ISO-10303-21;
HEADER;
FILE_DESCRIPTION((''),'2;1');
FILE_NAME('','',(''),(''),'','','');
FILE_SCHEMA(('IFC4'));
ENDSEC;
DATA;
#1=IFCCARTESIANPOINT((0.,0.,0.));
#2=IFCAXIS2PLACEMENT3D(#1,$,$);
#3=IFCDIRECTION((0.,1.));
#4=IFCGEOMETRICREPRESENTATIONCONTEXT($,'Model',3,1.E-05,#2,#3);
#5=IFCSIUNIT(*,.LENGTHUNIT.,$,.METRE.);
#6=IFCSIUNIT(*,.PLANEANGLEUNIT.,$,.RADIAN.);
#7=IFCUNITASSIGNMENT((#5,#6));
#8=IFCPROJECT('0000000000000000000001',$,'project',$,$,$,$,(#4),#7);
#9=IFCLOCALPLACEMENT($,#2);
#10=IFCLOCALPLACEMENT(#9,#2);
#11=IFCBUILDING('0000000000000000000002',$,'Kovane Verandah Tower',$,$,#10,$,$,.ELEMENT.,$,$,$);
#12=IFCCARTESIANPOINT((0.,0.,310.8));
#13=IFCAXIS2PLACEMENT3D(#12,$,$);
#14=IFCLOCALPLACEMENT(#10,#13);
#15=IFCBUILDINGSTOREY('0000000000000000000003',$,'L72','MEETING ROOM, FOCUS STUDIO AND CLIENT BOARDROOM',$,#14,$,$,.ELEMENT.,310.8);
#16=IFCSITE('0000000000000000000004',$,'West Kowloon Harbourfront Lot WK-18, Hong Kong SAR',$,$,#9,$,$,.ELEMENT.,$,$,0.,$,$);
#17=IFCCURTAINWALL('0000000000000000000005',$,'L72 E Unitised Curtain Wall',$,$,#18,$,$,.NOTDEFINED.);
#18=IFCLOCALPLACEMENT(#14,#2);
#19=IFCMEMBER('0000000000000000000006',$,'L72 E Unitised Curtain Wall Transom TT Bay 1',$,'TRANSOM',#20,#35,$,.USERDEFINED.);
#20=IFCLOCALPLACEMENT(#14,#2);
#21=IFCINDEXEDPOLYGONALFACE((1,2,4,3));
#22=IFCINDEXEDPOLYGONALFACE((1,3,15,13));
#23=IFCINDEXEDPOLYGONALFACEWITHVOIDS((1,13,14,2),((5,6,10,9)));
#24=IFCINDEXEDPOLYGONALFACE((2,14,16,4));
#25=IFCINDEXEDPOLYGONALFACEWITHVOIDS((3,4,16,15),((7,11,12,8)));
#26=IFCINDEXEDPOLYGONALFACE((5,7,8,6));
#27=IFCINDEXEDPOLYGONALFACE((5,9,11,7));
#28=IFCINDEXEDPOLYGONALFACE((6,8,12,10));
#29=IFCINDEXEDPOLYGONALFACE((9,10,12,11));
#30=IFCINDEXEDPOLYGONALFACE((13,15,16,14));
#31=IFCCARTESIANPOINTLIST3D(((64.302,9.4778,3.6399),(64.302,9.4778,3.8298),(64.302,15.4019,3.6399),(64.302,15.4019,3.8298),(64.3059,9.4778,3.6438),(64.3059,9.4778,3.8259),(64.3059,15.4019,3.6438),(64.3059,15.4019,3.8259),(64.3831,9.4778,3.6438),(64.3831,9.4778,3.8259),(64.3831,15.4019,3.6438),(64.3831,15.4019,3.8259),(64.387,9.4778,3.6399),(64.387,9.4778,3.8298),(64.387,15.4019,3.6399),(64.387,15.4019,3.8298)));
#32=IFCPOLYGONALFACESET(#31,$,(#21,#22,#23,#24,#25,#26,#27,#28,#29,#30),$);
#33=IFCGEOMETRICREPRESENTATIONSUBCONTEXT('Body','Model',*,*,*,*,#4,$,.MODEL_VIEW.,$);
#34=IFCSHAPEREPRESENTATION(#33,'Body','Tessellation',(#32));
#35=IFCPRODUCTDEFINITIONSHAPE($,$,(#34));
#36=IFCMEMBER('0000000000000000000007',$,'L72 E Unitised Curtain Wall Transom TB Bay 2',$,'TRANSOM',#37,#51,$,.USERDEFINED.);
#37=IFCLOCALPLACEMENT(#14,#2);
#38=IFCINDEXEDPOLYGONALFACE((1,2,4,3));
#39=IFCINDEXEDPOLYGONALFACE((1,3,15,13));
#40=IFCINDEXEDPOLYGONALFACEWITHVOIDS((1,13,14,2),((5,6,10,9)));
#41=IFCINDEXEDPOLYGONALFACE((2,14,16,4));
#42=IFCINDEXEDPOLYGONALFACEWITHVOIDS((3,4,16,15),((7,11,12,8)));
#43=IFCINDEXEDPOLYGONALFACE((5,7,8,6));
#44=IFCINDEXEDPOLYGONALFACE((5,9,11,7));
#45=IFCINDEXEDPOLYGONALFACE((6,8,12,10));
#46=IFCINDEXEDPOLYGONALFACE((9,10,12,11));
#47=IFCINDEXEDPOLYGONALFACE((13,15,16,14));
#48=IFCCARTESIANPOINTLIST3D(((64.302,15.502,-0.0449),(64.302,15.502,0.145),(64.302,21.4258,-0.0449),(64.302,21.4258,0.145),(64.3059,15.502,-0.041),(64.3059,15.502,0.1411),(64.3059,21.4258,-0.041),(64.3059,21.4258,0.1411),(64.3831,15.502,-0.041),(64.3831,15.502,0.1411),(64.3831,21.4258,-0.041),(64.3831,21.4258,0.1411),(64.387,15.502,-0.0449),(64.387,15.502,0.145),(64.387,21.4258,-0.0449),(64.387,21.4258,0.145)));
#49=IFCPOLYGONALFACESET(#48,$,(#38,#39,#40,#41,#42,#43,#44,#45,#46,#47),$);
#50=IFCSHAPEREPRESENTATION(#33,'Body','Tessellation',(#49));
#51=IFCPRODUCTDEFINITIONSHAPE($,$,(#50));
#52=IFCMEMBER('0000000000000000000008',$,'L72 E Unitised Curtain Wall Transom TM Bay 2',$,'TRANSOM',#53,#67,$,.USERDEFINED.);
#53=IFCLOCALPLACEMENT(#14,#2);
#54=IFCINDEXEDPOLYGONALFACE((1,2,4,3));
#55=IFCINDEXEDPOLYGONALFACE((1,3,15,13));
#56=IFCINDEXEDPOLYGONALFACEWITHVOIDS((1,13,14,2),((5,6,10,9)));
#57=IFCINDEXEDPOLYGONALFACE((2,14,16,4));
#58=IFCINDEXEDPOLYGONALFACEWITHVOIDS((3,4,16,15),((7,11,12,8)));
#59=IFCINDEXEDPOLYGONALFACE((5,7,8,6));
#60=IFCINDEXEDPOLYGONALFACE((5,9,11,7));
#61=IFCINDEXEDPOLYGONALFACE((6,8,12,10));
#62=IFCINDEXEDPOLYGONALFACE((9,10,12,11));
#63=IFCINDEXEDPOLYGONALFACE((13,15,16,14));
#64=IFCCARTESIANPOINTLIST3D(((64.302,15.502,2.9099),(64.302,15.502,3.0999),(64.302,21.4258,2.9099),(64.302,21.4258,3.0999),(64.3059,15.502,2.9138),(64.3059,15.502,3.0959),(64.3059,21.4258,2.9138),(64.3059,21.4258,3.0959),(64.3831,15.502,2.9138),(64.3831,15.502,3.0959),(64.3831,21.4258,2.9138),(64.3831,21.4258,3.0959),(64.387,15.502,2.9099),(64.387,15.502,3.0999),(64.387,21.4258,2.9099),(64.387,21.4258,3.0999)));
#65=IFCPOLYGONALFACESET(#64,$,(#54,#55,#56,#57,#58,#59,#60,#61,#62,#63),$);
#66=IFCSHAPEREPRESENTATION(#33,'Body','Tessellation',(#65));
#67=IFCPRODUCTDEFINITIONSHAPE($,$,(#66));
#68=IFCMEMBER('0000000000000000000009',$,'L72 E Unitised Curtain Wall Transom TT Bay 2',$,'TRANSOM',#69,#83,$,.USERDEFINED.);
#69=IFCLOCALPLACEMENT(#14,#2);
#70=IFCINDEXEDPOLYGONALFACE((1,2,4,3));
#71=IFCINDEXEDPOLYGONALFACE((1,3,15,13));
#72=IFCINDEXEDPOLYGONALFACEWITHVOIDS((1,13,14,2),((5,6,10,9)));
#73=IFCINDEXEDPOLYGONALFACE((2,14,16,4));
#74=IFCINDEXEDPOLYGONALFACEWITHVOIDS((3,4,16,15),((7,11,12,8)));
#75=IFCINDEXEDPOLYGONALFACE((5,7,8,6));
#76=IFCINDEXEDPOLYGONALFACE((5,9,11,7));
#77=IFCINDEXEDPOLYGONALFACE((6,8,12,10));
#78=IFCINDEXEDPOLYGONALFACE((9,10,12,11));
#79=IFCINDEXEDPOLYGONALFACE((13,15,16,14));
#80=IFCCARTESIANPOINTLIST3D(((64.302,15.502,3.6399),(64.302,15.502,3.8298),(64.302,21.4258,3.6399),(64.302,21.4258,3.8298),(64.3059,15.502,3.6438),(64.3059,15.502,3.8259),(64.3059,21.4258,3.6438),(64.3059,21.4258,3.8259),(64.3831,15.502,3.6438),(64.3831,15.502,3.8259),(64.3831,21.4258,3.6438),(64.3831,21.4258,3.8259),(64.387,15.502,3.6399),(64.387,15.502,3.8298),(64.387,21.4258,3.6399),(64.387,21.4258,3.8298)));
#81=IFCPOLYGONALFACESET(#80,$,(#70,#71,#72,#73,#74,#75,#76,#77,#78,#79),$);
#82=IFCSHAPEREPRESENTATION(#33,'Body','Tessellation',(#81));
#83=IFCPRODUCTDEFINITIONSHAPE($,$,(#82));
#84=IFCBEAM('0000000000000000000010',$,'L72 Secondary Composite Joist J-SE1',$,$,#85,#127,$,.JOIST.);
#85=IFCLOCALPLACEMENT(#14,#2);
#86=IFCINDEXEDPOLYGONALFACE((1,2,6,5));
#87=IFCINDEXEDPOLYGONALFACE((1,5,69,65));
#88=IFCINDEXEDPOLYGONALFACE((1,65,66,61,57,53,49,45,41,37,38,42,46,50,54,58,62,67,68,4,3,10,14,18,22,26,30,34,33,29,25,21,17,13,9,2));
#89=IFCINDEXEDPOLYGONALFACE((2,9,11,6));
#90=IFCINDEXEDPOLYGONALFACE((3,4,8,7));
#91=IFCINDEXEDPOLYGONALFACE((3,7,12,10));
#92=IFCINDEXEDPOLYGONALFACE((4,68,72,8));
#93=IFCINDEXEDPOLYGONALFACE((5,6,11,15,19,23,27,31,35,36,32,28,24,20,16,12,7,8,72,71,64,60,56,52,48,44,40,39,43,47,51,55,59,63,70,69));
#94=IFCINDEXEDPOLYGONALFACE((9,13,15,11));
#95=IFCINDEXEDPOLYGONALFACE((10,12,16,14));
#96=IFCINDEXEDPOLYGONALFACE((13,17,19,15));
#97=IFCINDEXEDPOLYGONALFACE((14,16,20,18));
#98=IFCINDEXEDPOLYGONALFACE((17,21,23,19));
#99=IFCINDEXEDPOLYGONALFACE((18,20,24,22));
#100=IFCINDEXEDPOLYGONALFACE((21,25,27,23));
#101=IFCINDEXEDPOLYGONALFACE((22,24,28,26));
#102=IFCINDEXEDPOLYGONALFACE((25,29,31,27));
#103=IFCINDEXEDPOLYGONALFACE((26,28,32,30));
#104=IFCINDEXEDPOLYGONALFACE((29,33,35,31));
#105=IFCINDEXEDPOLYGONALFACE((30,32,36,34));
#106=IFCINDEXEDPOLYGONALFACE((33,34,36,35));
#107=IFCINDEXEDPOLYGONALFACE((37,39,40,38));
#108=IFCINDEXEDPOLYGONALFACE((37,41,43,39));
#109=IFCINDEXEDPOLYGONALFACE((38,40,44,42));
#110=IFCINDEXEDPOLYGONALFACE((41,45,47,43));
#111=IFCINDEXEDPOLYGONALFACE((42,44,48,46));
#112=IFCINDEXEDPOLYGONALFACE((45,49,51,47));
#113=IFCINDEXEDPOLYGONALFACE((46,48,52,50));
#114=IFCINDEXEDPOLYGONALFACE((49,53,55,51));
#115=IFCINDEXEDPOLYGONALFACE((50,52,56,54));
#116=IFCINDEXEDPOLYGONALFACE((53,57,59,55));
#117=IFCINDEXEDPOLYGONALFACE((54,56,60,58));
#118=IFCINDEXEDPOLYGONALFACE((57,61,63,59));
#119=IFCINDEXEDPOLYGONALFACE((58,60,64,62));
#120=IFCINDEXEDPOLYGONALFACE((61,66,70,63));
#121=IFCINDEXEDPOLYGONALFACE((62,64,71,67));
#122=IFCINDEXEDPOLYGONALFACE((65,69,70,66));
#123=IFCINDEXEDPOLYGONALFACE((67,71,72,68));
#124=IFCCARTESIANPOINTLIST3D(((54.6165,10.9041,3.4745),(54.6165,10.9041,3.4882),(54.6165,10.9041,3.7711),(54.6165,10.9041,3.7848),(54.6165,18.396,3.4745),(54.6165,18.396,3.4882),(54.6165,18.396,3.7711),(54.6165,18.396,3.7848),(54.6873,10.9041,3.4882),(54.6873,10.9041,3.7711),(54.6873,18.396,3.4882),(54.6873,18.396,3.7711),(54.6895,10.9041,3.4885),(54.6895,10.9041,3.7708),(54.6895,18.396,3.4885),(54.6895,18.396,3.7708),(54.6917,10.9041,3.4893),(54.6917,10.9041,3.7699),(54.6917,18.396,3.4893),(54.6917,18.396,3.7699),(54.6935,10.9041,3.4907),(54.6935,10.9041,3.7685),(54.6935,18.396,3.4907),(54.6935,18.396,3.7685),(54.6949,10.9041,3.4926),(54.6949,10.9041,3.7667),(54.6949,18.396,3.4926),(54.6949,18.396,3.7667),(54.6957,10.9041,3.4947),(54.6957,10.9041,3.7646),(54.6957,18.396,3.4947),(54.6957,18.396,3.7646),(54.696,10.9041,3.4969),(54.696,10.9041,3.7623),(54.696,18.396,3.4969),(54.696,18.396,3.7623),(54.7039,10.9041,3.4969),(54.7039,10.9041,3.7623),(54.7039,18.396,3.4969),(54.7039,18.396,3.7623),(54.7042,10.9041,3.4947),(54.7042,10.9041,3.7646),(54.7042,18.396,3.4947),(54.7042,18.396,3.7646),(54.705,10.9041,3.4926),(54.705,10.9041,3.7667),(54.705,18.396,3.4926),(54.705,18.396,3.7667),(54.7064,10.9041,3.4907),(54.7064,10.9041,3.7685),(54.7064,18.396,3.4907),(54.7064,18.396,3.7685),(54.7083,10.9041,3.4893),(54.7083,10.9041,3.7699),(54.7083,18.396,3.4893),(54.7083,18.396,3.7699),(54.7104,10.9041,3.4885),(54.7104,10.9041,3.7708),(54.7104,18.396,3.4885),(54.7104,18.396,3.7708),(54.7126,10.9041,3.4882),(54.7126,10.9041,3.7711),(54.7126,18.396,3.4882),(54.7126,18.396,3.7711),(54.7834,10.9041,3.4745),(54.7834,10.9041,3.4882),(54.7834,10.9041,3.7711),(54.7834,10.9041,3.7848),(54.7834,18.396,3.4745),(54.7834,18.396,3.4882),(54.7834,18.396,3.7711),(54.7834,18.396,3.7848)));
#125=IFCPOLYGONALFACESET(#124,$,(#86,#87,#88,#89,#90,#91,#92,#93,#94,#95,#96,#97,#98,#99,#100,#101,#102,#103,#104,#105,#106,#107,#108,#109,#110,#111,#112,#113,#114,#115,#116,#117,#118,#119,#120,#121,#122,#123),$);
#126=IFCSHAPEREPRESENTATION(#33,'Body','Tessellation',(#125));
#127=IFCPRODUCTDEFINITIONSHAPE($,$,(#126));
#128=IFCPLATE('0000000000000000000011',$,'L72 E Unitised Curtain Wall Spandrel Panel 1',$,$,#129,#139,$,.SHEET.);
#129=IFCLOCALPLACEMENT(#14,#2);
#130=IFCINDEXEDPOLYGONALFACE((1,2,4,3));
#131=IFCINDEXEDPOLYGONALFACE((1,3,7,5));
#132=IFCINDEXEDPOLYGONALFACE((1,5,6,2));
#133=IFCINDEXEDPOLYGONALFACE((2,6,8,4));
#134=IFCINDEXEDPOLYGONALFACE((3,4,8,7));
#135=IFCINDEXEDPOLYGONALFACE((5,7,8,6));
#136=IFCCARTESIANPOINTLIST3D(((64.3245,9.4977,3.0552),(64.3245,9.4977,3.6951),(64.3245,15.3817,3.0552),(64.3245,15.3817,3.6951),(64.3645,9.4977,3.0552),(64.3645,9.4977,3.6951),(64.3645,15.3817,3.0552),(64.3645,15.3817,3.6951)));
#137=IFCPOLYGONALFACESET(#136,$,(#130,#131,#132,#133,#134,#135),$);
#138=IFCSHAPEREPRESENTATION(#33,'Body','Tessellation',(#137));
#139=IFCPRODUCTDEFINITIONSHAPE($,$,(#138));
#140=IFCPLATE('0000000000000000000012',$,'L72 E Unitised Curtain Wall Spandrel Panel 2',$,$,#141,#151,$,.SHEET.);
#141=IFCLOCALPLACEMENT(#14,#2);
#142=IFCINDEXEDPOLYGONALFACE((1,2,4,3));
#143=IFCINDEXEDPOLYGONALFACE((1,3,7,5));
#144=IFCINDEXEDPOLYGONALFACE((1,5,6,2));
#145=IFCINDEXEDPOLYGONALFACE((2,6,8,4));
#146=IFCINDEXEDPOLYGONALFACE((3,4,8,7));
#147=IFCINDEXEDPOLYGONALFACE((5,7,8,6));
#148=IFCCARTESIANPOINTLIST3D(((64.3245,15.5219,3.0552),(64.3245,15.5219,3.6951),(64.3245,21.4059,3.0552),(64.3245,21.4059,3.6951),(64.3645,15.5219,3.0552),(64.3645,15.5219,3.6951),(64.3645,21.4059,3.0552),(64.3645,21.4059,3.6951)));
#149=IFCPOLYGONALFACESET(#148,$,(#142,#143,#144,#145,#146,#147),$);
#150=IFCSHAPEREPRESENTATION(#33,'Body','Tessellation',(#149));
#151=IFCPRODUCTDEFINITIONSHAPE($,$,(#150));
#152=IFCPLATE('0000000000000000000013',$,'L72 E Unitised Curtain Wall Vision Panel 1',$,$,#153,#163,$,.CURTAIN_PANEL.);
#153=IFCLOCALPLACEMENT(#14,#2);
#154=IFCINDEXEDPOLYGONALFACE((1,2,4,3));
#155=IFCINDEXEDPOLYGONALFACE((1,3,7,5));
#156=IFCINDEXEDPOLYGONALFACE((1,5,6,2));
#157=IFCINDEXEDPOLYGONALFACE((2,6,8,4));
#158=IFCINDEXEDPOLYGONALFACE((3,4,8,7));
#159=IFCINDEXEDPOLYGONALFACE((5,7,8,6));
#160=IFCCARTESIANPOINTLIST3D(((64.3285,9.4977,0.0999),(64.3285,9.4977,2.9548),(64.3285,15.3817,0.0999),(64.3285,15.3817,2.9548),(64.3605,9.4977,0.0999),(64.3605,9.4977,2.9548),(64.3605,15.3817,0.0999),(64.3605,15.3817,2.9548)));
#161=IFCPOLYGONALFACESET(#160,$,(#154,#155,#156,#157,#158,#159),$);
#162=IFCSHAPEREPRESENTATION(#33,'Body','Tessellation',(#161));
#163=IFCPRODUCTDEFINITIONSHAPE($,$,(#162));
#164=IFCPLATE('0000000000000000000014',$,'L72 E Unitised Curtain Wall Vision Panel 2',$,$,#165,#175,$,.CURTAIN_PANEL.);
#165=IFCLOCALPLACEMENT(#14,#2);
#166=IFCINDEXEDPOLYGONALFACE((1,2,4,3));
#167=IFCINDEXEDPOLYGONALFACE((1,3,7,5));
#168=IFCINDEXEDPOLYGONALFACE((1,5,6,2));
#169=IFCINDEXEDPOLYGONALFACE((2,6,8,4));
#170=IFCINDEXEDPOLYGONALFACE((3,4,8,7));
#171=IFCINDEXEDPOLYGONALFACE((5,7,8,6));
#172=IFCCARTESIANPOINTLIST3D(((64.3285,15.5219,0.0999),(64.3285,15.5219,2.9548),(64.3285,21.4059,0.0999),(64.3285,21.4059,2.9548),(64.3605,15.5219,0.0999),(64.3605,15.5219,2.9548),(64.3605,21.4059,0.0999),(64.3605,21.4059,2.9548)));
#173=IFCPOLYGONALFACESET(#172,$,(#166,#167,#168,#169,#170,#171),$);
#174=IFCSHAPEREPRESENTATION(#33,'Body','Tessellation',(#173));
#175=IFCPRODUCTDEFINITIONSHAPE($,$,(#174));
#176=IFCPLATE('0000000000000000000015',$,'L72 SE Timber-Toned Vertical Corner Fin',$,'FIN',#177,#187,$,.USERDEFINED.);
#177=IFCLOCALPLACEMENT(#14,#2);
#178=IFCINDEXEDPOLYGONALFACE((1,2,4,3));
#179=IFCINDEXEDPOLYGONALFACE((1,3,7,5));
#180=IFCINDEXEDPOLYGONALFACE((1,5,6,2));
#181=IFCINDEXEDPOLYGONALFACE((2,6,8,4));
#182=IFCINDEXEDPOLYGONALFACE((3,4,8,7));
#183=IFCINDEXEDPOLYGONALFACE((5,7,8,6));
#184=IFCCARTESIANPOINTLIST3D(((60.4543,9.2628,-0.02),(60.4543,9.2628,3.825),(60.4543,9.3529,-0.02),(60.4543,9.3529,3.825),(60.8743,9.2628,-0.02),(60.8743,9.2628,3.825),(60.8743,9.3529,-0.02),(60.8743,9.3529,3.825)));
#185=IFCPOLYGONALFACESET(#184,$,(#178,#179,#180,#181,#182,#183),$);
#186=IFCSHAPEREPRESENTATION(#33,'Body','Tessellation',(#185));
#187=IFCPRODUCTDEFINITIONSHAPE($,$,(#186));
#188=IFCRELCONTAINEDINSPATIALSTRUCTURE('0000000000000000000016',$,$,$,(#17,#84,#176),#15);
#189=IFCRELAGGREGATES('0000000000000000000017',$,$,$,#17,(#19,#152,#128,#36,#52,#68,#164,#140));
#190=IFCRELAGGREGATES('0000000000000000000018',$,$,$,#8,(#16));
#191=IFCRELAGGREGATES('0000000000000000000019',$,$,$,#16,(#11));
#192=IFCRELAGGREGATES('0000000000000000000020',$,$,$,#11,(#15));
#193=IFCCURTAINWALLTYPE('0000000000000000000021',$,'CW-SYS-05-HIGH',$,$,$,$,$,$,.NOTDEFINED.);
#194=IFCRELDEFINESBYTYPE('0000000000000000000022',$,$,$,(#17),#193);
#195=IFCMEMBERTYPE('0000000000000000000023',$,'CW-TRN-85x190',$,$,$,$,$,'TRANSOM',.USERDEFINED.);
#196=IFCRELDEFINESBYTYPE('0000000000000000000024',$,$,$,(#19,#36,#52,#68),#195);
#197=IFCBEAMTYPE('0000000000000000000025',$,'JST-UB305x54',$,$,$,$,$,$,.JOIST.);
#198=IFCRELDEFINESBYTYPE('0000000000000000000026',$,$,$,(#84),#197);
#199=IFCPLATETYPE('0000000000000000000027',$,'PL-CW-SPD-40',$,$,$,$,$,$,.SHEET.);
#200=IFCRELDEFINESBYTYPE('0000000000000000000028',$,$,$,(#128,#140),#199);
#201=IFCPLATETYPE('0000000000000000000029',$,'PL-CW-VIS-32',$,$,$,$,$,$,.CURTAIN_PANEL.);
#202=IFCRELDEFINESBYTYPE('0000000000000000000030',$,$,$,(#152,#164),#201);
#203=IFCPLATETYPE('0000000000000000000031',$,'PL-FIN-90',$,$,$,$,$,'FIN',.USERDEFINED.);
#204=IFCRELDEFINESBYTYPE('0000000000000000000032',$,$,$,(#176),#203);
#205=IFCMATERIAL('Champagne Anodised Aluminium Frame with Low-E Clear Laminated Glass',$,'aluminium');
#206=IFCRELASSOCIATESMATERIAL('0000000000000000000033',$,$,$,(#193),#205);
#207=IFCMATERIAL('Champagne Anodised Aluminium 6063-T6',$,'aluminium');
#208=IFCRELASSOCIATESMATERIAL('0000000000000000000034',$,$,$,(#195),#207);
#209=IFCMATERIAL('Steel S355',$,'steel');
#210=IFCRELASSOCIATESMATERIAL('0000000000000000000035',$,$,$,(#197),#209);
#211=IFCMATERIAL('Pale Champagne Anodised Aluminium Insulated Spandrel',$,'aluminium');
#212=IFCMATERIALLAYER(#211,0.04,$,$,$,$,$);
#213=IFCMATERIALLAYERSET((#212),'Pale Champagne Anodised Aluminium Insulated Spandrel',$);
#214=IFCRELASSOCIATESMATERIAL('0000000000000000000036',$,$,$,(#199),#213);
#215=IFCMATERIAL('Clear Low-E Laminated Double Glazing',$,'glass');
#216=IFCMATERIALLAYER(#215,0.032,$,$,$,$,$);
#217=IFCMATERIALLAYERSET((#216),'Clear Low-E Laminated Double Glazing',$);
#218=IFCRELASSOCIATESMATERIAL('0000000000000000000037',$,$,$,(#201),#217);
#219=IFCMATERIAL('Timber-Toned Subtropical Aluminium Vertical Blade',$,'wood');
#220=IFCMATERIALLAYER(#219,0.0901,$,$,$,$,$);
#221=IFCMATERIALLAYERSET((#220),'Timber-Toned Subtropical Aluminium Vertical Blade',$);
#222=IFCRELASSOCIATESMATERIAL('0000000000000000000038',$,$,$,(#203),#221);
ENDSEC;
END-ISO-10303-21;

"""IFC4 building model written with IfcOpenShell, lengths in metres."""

from ifc_helpers import new_model, si_unit, direction, frame, origin, origin_2d, place, context, subcontext, project, spatial, rectangle, hollow_rectangle, i_section, extrude, material, layer, layer_set, material_profile, profile_set, type_object, element, aggregate, save


model = new_model("IFC4")

# Units and contexts
model_context = context("Model", 3, precision=1e-05, world=origin(), true_north=direction((0.0, 1.0)))
body_context = subcontext(model_context, "Body", "Model", "MODEL_VIEW")
ifc_project = project(units=[si_unit("LENGTHUNIT", "METRE"), si_unit("PLANEANGLEUNIT", "RADIAN")], contexts=[model_context])

# Site, building, storey
site_placement = place(None, origin())
site = spatial("IfcSite", under=ifc_project, at=site_placement, Name="West Kowloon Harbourfront Lot WK-18, Hong Kong SAR", CompositionType="ELEMENT", RefElevation=0.0)
building_placement = place(site_placement, origin())
building = spatial("IfcBuilding", under=site, at=building_placement, Name="Kovane Verandah Tower", CompositionType="ELEMENT")
storey_placement = place(building_placement, frame((0.0, 0.0, 310.8)))
storey = spatial("IfcBuildingStorey", under=building, at=storey_placement, Name="L72", Description="MEETING ROOM, FOCUS STUDIO AND CLIENT BOARDROOM", CompositionType="ELEMENT", Elevation=310.8)

# Shared definitions
ifc_material_1 = material(Name="Steel S355", Category="steel")

# Curtain wall, members
ifc_material_2 = material(Name="Champagne Anodised Aluminium Frame with Low-E Clear Laminated Glass", Category="aluminium")
curtain_wall_type = type_object("IfcCurtainWallType", Name="CW-SYS-05-HIGH", PredefinedType="NOTDEFINED", material=ifc_material_2)
curtain_wall_placement = place(storey_placement, origin())
curtain_wall = element("IfcCurtainWall", 1, at=curtain_wall_placement, inside=storey, type_object=curtain_wall_type, Name="L72 E Unitised Curtain Wall", PredefinedType="NOTDEFINED")
ifc_material_3 = material(Name="Champagne Anodised Aluminium 6063-T6", Category="aluminium")
ifc_material_profile_1 = material_profile(ifc_material_3, hollow_rectangle(XDim=0.085, YDim=0.1899, WallThickness=0.0039, at=origin_2d()), Name="AL85x190x4")
ifc_profile_set_1 = profile_set([ifc_material_profile_1], Name="Champagne Anodised Aluminium 6063-T6")
member_type_1 = type_object("IfcMemberType", Name="CW-TRN-85x190", ElementType="TRANSOM", PredefinedType="USERDEFINED", material=ifc_profile_set_1)
member_1_placement = place(storey_placement, frame((64.3445, 9.4778, 3.7349), z_axis=(0.0, 1.0, 0.0), x_axis=(-1.0, 0.0, 0.0)))
member_1 = element("IfcMember", 2, at=member_1_placement, type_object=member_type_1, Name="L72 E Unitised Curtain Wall Transom TT Bay 1", ObjectType="TRANSOM", PredefinedType="USERDEFINED", context=body_context, shape_type="SweptSolid", body=[
    extrude(hollow_rectangle(XDim=0.085, YDim=0.1899, WallThickness=0.0039, at=origin_2d()), origin(), (0.0, 0.0, 1.0), 5.9241),
])
member_2_placement = place(storey_placement, frame((64.3445, 15.502, 0.05), z_axis=(0.0, 1.0, 0.0), x_axis=(-1.0, 0.0, 0.0)))
member_2 = element("IfcMember", 3, at=member_2_placement, type_object=member_type_1, Name="L72 E Unitised Curtain Wall Transom TB Bay 2", ObjectType="TRANSOM", PredefinedType="USERDEFINED", context=body_context, shape_type="SweptSolid", body=[
    extrude(hollow_rectangle(XDim=0.085, YDim=0.1899, WallThickness=0.0039, at=origin_2d()), origin(), (0.0, 0.0, 1.0), 5.9238),
])
member_3_placement = place(storey_placement, frame((64.3445, 15.502, 3.0049), z_axis=(0.0, 1.0, 0.0), x_axis=(-1.0, 0.0, 0.0)))
member_3 = element("IfcMember", 4, at=member_3_placement, type_object=member_type_1, Name="L72 E Unitised Curtain Wall Transom TM Bay 2", ObjectType="TRANSOM", PredefinedType="USERDEFINED", context=body_context, shape_type="SweptSolid", body=[
    extrude(hollow_rectangle(XDim=0.085, YDim=0.1899, WallThickness=0.0039, at=origin_2d()), origin(), (0.0, 0.0, 1.0), 5.9238),
])
member_4_placement = place(storey_placement, frame((64.3445, 15.502, 3.7349), z_axis=(0.0, 1.0, 0.0), x_axis=(-1.0, 0.0, 0.0)))
member_4 = element("IfcMember", 5, at=member_4_placement, type_object=member_type_1, Name="L72 E Unitised Curtain Wall Transom TT Bay 2", ObjectType="TRANSOM", PredefinedType="USERDEFINED", context=body_context, shape_type="SweptSolid", body=[
    extrude(hollow_rectangle(XDim=0.085, YDim=0.1899, WallThickness=0.0039, at=origin_2d()), origin(), (0.0, 0.0, 1.0), 5.9238),
])

# Beam
ifc_material_profile_2 = material_profile(ifc_material_1, i_section(OverallWidth=0.167, OverallDepth=0.3103, WebThickness=0.0078, FlangeThickness=0.0137, FilletRadius=0.0088, at=origin_2d()), Name="UB305x165x54")
ifc_profile_set_2 = profile_set([ifc_material_profile_2], Name="Steel S355")
beam_type_1 = type_object("IfcBeamType", Name="JST-UB305x54", PredefinedType="JOIST", material=ifc_profile_set_2)
beam_1_placement = place(storey_placement, frame((54.7, 10.9041, 3.6296), z_axis=(0.0, 1.0, 0.0), x_axis=(-1.0, 0.0, 0.0)))
element("IfcBeam", 6, at=beam_1_placement, inside=storey, type_object=beam_type_1, Name="L72 Secondary Composite Joist J-SE1", PredefinedType="JOIST", context=body_context, shape_type="SweptSolid", body=[
    extrude(i_section(OverallWidth=0.167, OverallDepth=0.3103, WebThickness=0.0078, FlangeThickness=0.0137, FilletRadius=0.0088, at=origin_2d()), origin(), (0.0, 0.0, 1.0), 7.4919),
])

# Plates
ifc_material_4 = material(Name="Pale Champagne Anodised Aluminium Insulated Spandrel", Category="aluminium")
ifc_layer_1 = layer(ifc_material_4, 0.04)
ifc_layer_set_1 = layer_set([ifc_layer_1], Name="Pale Champagne Anodised Aluminium Insulated Spandrel")
plate_type_1 = type_object("IfcPlateType", Name="PL-CW-SPD-40", PredefinedType="SHEET", material=ifc_layer_set_1)
plate_1_placement = place(storey_placement, frame((64.3445, 12.4397, 3.0552), z_axis=(0.0, 0.0, 1.0), x_axis=(0.0, 1.0, 0.0)))
plate_1 = element("IfcPlate", 7, at=plate_1_placement, type_object=plate_type_1, Name="L72 E Unitised Curtain Wall Spandrel Panel 1", PredefinedType="SHEET", context=body_context, shape_type="SweptSolid", body=[
    extrude(rectangle(XDim=5.884, YDim=0.04, at=origin_2d()), origin(), (0.0, 0.0, 1.0), 0.6399),
])
plate_2_placement = place(storey_placement, frame((64.3445, 18.4639, 3.0552), z_axis=(0.0, 0.0, 1.0), x_axis=(0.0, 1.0, 0.0)))
plate_2 = element("IfcPlate", 8, at=plate_2_placement, type_object=plate_type_1, Name="L72 E Unitised Curtain Wall Spandrel Panel 2", PredefinedType="SHEET", context=body_context, shape_type="SweptSolid", body=[
    extrude(rectangle(XDim=5.884, YDim=0.04, at=origin_2d()), origin(), (0.0, 0.0, 1.0), 0.6399),
])
ifc_material_5 = material(Name="Clear Low-E Laminated Double Glazing", Category="glass")
ifc_layer_2 = layer(ifc_material_5, 0.032)
ifc_layer_set_2 = layer_set([ifc_layer_2], Name="Clear Low-E Laminated Double Glazing")
plate_type_2 = type_object("IfcPlateType", Name="PL-CW-VIS-32", PredefinedType="CURTAIN_PANEL", material=ifc_layer_set_2)
plate_3_placement = place(storey_placement, frame((64.3445, 12.4397, 0.0999), z_axis=(0.0, 0.0, 1.0), x_axis=(0.0, 1.0, 0.0)))
plate_3 = element("IfcPlate", 9, at=plate_3_placement, type_object=plate_type_2, Name="L72 E Unitised Curtain Wall Vision Panel 1", PredefinedType="CURTAIN_PANEL", context=body_context, shape_type="SweptSolid", body=[
    extrude(rectangle(XDim=5.884, YDim=0.032, at=origin_2d()), origin(), (0.0, 0.0, 1.0), 2.855),
])
plate_4_placement = place(storey_placement, frame((64.3445, 18.4639, 0.0999), z_axis=(0.0, 0.0, 1.0), x_axis=(0.0, 1.0, 0.0)))
plate_4 = element("IfcPlate", 10, at=plate_4_placement, type_object=plate_type_2, Name="L72 E Unitised Curtain Wall Vision Panel 2", PredefinedType="CURTAIN_PANEL", context=body_context, shape_type="SweptSolid", body=[
    extrude(rectangle(XDim=5.884, YDim=0.032, at=origin_2d()), origin(), (0.0, 0.0, 1.0), 2.855),
])
aggregate(curtain_wall, [member_1, plate_3, plate_1, member_2, member_3, member_4, plate_4, plate_2])
ifc_material_6 = material(Name="Timber-Toned Subtropical Aluminium Vertical Blade", Category="wood")
ifc_layer_3 = layer(ifc_material_6, 0.0901)
ifc_layer_set_3 = layer_set([ifc_layer_3], Name="Timber-Toned Subtropical Aluminium Vertical Blade")
plate_type_3 = type_object("IfcPlateType", Name="PL-FIN-90", ElementType="FIN", PredefinedType="USERDEFINED", material=ifc_layer_set_3)
plate_5_placement = place(storey_placement, frame((60.6643, 9.3079, -0.02), z_axis=(0.0, 0.0, 1.0), x_axis=(1.0, 0.0, 0.0)))
element("IfcPlate", 11, at=plate_5_placement, inside=storey, type_object=plate_type_3, Name="L72 SE Timber-Toned Vertical Corner Fin", ObjectType="FIN", PredefinedType="USERDEFINED", context=body_context, shape_type="SweptSolid", body=[
    extrude(rectangle(XDim=0.4199, YDim=0.0901, at=origin_2d()), origin(), (0.0, 0.0, 1.0), 3.845),
])

save(model, "model.ifc")
